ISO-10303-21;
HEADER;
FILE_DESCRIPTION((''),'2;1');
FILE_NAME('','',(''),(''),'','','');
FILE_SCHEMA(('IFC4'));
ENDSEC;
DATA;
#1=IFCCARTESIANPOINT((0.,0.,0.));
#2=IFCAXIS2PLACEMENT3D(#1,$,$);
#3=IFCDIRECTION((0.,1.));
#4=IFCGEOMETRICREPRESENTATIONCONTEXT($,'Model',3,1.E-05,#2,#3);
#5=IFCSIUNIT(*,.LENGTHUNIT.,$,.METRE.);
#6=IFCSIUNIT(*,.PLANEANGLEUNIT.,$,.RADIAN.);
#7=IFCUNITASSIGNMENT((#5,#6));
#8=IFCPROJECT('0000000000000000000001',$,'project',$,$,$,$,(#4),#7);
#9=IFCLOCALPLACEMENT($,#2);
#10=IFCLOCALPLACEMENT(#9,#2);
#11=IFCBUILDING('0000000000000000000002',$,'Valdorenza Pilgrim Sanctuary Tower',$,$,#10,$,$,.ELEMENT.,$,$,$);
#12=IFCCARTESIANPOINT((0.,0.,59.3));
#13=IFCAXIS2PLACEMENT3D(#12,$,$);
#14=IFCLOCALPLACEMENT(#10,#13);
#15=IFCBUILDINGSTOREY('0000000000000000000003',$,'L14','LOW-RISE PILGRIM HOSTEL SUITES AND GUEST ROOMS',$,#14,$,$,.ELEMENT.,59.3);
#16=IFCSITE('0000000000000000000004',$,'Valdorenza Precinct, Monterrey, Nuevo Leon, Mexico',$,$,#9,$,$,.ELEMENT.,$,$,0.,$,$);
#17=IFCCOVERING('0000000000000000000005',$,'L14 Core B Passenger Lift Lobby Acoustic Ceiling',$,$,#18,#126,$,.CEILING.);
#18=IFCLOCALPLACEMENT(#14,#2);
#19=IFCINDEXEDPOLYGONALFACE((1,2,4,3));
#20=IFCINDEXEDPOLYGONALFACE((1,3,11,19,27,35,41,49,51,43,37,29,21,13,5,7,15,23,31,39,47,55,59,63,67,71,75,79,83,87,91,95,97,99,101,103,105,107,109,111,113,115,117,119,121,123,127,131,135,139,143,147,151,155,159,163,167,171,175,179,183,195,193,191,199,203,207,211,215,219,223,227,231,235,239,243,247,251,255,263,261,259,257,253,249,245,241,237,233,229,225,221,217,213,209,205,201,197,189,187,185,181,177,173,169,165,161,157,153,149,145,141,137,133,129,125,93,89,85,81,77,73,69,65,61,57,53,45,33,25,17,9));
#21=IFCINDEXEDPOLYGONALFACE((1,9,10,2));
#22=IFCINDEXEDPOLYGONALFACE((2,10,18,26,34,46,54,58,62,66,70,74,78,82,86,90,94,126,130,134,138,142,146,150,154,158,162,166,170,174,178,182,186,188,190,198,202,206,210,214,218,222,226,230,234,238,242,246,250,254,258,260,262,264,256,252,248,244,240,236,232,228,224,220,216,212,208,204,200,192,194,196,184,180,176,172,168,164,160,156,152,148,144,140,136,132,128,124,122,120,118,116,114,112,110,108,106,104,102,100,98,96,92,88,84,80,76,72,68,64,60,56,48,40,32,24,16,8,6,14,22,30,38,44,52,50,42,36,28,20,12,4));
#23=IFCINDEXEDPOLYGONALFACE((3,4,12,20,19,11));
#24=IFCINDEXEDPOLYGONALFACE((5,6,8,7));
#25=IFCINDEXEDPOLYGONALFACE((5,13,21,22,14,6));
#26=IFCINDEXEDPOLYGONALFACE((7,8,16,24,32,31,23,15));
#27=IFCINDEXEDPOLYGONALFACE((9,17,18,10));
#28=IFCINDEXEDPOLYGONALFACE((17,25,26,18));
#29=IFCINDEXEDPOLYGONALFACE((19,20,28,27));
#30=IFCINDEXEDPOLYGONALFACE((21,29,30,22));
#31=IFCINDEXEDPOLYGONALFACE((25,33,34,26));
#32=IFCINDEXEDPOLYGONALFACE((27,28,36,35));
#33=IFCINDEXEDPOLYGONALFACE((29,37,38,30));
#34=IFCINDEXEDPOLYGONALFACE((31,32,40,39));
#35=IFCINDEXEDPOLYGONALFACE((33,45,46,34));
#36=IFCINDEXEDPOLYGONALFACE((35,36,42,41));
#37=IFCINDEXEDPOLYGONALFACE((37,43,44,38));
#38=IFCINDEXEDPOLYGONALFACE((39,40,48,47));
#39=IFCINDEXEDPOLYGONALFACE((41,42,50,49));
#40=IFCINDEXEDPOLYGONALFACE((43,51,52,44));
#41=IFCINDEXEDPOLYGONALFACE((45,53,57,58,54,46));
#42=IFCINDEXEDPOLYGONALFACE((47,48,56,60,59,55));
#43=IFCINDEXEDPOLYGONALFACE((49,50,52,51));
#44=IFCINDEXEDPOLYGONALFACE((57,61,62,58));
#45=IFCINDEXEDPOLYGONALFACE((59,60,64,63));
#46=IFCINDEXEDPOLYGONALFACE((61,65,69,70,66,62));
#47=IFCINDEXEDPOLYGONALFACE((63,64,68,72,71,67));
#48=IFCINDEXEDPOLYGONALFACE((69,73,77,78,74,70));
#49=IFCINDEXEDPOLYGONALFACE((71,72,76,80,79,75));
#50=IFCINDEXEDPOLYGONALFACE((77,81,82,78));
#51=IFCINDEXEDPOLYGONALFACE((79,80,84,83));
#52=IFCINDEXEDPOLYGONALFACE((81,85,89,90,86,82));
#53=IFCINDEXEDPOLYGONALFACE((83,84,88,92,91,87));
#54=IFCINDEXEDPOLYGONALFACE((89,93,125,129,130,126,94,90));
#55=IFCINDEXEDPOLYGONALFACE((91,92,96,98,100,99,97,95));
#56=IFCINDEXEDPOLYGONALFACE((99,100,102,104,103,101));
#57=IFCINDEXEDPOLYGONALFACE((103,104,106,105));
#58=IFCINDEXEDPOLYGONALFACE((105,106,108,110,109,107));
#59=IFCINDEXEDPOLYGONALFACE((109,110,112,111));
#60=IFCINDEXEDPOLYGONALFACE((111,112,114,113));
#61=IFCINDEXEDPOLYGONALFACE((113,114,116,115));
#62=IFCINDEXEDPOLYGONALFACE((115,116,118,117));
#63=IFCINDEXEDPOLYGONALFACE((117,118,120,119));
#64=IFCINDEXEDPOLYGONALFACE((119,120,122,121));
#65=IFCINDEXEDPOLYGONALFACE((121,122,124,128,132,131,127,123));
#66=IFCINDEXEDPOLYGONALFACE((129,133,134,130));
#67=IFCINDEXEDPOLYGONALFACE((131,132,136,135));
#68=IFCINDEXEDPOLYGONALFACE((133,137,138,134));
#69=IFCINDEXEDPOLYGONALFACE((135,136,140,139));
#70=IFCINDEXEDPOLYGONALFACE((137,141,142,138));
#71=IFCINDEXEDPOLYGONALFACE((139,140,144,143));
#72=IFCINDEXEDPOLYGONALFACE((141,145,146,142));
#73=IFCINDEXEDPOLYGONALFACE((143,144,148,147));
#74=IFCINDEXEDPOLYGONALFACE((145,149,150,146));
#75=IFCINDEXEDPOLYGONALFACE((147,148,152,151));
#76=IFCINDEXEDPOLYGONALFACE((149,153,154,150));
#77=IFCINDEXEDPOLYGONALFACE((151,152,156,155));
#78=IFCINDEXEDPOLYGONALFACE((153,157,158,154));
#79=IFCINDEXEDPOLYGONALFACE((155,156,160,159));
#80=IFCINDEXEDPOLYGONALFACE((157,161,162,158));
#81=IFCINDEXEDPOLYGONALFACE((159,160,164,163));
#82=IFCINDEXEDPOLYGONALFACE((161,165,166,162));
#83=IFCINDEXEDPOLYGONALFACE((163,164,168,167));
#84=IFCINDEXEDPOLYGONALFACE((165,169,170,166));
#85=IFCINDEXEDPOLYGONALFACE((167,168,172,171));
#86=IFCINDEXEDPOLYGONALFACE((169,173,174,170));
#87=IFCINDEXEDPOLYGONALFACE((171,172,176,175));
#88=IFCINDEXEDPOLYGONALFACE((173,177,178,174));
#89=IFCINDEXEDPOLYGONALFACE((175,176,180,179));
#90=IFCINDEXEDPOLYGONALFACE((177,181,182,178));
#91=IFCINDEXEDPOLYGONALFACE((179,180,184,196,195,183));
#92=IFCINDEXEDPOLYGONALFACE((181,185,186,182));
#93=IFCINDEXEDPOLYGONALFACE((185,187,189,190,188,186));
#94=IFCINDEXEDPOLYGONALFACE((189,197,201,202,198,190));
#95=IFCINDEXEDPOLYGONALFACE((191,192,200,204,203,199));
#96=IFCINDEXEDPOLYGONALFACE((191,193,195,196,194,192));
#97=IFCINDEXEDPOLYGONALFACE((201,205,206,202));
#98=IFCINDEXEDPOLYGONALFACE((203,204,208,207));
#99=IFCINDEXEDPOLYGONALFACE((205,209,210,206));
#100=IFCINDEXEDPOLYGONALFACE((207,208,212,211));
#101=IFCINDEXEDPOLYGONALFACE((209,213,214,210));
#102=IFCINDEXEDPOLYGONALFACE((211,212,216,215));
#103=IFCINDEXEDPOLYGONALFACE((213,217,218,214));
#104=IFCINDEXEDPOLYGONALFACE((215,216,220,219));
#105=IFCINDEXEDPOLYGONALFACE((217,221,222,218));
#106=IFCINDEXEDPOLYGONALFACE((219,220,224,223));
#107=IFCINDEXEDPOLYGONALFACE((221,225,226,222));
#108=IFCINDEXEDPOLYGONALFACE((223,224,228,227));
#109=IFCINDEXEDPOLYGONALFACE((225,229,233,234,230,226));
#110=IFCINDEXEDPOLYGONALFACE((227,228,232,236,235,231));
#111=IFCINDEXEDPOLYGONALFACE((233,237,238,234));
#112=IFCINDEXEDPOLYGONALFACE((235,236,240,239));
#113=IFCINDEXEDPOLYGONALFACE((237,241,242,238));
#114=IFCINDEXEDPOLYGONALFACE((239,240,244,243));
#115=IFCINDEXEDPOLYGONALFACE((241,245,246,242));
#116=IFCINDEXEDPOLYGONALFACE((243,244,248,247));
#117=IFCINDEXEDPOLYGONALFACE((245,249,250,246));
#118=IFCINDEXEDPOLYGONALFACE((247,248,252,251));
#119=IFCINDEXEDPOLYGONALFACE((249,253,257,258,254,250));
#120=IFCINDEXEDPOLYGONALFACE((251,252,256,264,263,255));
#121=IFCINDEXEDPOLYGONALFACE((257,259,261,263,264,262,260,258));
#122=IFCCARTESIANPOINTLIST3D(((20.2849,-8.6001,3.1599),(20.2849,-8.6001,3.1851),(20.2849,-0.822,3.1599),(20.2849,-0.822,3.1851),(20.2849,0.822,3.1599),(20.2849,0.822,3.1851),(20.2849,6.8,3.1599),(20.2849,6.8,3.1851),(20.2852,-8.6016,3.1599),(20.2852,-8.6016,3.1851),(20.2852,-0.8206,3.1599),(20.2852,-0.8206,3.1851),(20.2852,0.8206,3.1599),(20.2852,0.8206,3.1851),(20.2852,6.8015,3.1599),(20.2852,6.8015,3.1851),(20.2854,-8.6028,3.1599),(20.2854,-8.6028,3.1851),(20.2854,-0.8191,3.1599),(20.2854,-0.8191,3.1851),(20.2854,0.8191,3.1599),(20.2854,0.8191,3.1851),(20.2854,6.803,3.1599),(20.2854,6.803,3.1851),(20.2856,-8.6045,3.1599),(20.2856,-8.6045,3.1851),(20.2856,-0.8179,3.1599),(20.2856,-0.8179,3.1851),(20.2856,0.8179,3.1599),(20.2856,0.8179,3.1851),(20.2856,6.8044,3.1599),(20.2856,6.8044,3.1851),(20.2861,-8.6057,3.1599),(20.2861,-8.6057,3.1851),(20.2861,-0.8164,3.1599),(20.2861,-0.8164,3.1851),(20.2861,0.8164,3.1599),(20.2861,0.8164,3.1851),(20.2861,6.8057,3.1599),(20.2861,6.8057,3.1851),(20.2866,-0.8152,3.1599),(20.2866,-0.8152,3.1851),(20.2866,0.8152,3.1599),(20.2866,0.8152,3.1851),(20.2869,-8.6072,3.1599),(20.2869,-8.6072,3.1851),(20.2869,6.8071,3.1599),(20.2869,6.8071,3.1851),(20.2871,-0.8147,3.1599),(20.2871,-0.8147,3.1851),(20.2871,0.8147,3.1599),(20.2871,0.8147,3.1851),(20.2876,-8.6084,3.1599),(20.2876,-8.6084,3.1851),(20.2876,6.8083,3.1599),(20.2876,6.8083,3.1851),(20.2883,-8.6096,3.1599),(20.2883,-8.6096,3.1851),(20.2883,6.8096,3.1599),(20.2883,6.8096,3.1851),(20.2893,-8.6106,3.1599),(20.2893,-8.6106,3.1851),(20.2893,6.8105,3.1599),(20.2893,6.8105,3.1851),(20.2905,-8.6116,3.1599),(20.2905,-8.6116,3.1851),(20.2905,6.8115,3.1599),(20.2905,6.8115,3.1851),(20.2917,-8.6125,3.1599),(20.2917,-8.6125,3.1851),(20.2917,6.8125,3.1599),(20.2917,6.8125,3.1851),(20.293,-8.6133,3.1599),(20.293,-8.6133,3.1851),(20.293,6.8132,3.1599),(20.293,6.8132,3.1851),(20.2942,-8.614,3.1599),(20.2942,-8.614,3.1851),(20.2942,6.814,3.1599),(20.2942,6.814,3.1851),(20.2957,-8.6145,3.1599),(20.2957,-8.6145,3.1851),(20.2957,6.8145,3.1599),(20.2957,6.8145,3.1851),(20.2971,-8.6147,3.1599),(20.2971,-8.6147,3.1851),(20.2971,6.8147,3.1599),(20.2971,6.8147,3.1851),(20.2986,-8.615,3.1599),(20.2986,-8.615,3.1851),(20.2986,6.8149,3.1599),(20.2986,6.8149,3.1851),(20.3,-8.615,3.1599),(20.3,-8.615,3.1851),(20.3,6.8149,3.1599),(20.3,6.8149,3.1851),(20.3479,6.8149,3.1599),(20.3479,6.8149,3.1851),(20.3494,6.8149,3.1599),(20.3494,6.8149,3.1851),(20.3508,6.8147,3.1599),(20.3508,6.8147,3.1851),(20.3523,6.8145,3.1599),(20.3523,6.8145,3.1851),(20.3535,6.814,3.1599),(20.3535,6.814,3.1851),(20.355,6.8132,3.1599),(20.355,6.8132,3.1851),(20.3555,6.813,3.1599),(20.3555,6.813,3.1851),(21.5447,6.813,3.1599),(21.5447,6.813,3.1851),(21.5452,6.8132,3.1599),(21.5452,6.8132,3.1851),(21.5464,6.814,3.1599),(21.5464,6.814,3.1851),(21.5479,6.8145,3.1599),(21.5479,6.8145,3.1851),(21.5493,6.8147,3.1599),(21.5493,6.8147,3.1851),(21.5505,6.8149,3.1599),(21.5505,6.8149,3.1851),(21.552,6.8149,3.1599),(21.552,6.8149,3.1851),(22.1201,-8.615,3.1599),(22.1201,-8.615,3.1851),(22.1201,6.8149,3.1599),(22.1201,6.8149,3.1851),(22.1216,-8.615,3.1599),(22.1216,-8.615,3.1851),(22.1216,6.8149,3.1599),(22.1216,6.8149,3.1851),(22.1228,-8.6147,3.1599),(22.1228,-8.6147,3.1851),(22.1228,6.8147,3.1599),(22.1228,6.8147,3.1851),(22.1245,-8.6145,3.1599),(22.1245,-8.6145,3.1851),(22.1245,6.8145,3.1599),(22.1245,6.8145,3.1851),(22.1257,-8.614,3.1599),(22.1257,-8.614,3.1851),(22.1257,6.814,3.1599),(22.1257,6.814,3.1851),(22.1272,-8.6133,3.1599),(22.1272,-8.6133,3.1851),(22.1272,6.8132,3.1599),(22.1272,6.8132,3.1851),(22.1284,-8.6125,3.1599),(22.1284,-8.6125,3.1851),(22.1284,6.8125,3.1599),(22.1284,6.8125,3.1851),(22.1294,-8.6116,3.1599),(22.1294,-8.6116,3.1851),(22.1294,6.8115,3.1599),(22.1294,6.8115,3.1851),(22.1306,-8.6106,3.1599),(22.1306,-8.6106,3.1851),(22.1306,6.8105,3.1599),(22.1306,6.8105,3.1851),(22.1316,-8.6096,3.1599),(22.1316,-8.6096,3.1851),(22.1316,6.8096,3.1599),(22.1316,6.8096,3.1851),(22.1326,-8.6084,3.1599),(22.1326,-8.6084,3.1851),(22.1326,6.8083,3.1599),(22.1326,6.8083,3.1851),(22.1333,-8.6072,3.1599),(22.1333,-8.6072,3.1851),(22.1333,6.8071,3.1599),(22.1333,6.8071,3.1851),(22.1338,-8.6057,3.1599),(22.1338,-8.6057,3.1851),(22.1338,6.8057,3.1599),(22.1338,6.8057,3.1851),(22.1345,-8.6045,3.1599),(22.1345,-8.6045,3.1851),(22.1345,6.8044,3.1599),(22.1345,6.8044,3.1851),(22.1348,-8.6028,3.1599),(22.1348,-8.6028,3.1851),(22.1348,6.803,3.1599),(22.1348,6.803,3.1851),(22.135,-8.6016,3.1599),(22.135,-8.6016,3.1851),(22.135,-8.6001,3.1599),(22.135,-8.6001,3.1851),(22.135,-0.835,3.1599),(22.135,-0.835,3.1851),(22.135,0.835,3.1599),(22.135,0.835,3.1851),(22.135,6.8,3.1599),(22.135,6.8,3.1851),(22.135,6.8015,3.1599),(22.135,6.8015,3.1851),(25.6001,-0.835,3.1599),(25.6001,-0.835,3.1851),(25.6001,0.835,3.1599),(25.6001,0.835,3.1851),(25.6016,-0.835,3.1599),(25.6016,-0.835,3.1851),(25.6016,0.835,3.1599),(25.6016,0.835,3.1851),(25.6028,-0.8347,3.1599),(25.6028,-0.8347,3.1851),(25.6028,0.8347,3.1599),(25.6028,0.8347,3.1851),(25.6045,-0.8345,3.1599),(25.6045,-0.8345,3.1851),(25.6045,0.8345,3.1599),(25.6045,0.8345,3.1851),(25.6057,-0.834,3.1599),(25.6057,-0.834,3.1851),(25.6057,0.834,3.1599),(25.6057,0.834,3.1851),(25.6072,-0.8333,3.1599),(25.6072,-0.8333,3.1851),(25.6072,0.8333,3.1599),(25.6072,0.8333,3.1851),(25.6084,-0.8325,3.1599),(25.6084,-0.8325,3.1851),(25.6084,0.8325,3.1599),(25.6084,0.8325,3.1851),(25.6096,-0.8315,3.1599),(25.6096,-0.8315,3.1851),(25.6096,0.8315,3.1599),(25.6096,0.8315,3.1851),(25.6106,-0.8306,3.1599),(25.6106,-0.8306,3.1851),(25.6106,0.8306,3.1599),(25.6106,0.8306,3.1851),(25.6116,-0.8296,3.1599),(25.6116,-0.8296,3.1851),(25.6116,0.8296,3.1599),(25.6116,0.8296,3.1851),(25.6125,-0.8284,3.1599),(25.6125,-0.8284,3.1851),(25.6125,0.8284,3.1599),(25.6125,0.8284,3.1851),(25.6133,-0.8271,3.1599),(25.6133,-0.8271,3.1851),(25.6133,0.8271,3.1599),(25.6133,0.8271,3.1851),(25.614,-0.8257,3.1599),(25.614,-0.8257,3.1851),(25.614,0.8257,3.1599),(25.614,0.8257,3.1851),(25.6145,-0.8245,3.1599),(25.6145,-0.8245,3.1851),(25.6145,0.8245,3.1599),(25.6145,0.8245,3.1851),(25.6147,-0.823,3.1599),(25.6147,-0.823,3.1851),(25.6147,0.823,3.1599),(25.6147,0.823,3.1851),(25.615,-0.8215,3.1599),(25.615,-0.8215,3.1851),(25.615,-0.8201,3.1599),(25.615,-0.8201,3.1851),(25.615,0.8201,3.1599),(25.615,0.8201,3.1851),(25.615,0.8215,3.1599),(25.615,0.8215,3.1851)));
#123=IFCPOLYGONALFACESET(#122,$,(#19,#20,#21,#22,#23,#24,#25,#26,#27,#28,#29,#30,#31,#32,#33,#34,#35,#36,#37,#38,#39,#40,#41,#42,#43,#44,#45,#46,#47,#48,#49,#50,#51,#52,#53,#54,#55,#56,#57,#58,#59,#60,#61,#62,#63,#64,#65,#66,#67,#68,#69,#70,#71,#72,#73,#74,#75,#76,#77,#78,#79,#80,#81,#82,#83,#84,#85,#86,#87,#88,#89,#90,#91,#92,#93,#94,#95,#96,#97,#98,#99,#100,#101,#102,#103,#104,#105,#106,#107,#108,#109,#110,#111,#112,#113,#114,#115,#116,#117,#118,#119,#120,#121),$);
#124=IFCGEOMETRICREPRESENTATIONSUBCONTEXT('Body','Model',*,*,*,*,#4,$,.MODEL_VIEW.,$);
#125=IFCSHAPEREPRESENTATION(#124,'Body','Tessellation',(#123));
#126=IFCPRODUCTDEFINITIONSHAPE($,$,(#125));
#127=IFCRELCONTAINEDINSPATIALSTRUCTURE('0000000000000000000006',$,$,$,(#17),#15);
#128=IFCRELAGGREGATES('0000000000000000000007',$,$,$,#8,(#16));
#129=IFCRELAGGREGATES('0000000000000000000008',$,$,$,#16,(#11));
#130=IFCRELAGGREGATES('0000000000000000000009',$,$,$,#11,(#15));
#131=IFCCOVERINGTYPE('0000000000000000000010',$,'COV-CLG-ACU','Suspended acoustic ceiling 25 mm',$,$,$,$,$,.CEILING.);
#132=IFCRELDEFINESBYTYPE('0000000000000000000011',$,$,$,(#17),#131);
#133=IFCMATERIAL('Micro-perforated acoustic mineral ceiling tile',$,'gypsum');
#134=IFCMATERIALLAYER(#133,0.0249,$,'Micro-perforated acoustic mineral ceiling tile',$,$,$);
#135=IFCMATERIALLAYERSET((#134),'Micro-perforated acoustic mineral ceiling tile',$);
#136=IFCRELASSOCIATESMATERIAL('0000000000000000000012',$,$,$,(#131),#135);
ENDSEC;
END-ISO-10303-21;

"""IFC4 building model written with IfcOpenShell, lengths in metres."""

from ifc_helpers import new_model, si_unit, direction, frame, origin, place, context, subcontext, project, spatial, polyline, outline, extrude, material, layer, layer_set, type_object, element, save


model = new_model("IFC4")

# Units and contexts
model_context = context("Model", 3, precision=1e-05, world=origin(), true_north=direction((0.0, 1.0)))
body_context = subcontext(model_context, "Body", "Model", "MODEL_VIEW")
ifc_project = project(units=[si_unit("LENGTHUNIT", "METRE"), si_unit("PLANEANGLEUNIT", "RADIAN")], contexts=[model_context])

# Site, building, storey
site_placement = place(None, origin())
site = spatial("IfcSite", under=ifc_project, at=site_placement, Name="Valdorenza Precinct, Monterrey, Nuevo Leon, Mexico", CompositionType="ELEMENT", RefElevation=0.0)
building_placement = place(site_placement, origin())
building = spatial("IfcBuilding", under=site, at=building_placement, Name="Valdorenza Pilgrim Sanctuary Tower", CompositionType="ELEMENT")
storey_placement = place(building_placement, frame((0.0, 0.0, 59.3)))
storey = spatial("IfcBuildingStorey", under=building, at=storey_placement, Name="L14", Description="LOW-RISE PILGRIM HOSTEL SUITES AND GUEST ROOMS", CompositionType="ELEMENT", Elevation=59.3)

# Covering
ifc_material_1 = material(Name="Micro-perforated acoustic mineral ceiling tile", Category="gypsum")
ifc_layer_1 = layer(ifc_material_1, 0.0249, Name="Micro-perforated acoustic mineral ceiling tile")
ifc_layer_set_1 = layer_set([ifc_layer_1], Name="Micro-perforated acoustic mineral ceiling tile")
covering_type_1 = type_object("IfcCoveringType", Name="COV-CLG-ACU", Description="Suspended acoustic ceiling 25 mm", PredefinedType="CEILING", material=ifc_layer_set_1)
covering_1_placement = place(storey_placement, frame((0.0, 0.0, 3.1599)))
element("IfcCovering", 1, at=covering_1_placement, inside=storey, type_object=covering_type_1, Name="L14 Core B Passenger Lift Lobby Acoustic Ceiling", PredefinedType="CEILING", context=body_context, shape_type="SweptSolid", body=[
    extrude(outline(polyline([(20.2871, -0.8147), (20.2871, 0.8147), (20.2866, 0.8152), (20.2861, 0.8164), (20.2856, 0.8179), (20.2854, 0.8191), (20.2852, 0.8206), (20.2849, 0.822), (20.2849, 6.8), (20.2852, 6.8015), (20.2854, 6.803), (20.2856, 6.8044), (20.2861, 6.8057), (20.2869, 6.8071), (20.2876, 6.8083), (20.2883, 6.8096), (20.2893, 6.8105), (20.2905, 6.8115), (20.2917, 6.8125), (20.293, 6.8132), (20.2942, 6.814), (20.2957, 6.8145), (20.2971, 6.8147), (20.2986, 6.8149), (20.3, 6.8149), (20.3479, 6.8149), (20.3494, 6.8149), (20.3508, 6.8147), (20.3523, 6.8145), (20.3535, 6.814), (20.355, 6.8132), (20.3555, 6.813), (21.5447, 6.813), (21.5452, 6.8132), (21.5464, 6.814), (21.5479, 6.8145), (21.5493, 6.8147), (21.5505, 6.8149), (21.552, 6.8149), (22.1201, 6.8149), (22.1216, 6.8149), (22.1228, 6.8147), (22.1245, 6.8145), (22.1257, 6.814), (22.1272, 6.8132), (22.1284, 6.8125), (22.1294, 6.8115), (22.1306, 6.8105), (22.1316, 6.8096), (22.1326, 6.8083), (22.1333, 6.8071), (22.1338, 6.8057), (22.1345, 6.8044), (22.1348, 6.803), (22.135, 6.8015), (22.135, 6.8), (22.135, 0.835), (25.6001, 0.835), (25.6016, 0.835), (25.6028, 0.8347), (25.6045, 0.8345), (25.6057, 0.834), (25.6072, 0.8333), (25.6084, 0.8325), (25.6096, 0.8315), (25.6106, 0.8306), (25.6116, 0.8296), (25.6125, 0.8284), (25.6133, 0.8271), (25.614, 0.8257), (25.6145, 0.8245), (25.6147, 0.823), (25.615, 0.8215), (25.615, 0.8201), (25.615, -0.8201), (25.615, -0.8215), (25.6147, -0.823), (25.6145, -0.8245), (25.614, -0.8257), (25.6133, -0.8271), (25.6125, -0.8284), (25.6116, -0.8296), (25.6106, -0.8306), (25.6096, -0.8315), (25.6084, -0.8325), (25.6072, -0.8333), (25.6057, -0.834), (25.6045, -0.8345), (25.6028, -0.8347), (25.6016, -0.835), (25.6001, -0.835), (22.135, -0.835), (22.135, -8.6001), (22.135, -8.6016), (22.1348, -8.6028), (22.1345, -8.6045), (22.1338, -8.6057), (22.1333, -8.6072), (22.1326, -8.6084), (22.1316, -8.6096), (22.1306, -8.6106), (22.1294, -8.6116), (22.1284, -8.6125), (22.1272, -8.6133), (22.1257, -8.614), (22.1245, -8.6145), (22.1228, -8.6147), (22.1216, -8.615), (22.1201, -8.615), (20.3, -8.615), (20.2986, -8.615), (20.2971, -8.6147), (20.2957, -8.6145), (20.2942, -8.614), (20.293, -8.6133), (20.2917, -8.6125), (20.2905, -8.6116), (20.2893, -8.6106), (20.2883, -8.6096), (20.2876, -8.6084), (20.2869, -8.6072), (20.2861, -8.6057), (20.2856, -8.6045), (20.2854, -8.6028), (20.2852, -8.6016), (20.2849, -8.6001), (20.2849, -0.822), (20.2852, -0.8206), (20.2854, -0.8191), (20.2856, -0.8179), (20.2861, -0.8164), (20.2866, -0.8152), (20.2871, -0.8147)])), origin(), (0.0, 0.0, 1.0), 0.0251),
])

save(model, "model.ifc")
